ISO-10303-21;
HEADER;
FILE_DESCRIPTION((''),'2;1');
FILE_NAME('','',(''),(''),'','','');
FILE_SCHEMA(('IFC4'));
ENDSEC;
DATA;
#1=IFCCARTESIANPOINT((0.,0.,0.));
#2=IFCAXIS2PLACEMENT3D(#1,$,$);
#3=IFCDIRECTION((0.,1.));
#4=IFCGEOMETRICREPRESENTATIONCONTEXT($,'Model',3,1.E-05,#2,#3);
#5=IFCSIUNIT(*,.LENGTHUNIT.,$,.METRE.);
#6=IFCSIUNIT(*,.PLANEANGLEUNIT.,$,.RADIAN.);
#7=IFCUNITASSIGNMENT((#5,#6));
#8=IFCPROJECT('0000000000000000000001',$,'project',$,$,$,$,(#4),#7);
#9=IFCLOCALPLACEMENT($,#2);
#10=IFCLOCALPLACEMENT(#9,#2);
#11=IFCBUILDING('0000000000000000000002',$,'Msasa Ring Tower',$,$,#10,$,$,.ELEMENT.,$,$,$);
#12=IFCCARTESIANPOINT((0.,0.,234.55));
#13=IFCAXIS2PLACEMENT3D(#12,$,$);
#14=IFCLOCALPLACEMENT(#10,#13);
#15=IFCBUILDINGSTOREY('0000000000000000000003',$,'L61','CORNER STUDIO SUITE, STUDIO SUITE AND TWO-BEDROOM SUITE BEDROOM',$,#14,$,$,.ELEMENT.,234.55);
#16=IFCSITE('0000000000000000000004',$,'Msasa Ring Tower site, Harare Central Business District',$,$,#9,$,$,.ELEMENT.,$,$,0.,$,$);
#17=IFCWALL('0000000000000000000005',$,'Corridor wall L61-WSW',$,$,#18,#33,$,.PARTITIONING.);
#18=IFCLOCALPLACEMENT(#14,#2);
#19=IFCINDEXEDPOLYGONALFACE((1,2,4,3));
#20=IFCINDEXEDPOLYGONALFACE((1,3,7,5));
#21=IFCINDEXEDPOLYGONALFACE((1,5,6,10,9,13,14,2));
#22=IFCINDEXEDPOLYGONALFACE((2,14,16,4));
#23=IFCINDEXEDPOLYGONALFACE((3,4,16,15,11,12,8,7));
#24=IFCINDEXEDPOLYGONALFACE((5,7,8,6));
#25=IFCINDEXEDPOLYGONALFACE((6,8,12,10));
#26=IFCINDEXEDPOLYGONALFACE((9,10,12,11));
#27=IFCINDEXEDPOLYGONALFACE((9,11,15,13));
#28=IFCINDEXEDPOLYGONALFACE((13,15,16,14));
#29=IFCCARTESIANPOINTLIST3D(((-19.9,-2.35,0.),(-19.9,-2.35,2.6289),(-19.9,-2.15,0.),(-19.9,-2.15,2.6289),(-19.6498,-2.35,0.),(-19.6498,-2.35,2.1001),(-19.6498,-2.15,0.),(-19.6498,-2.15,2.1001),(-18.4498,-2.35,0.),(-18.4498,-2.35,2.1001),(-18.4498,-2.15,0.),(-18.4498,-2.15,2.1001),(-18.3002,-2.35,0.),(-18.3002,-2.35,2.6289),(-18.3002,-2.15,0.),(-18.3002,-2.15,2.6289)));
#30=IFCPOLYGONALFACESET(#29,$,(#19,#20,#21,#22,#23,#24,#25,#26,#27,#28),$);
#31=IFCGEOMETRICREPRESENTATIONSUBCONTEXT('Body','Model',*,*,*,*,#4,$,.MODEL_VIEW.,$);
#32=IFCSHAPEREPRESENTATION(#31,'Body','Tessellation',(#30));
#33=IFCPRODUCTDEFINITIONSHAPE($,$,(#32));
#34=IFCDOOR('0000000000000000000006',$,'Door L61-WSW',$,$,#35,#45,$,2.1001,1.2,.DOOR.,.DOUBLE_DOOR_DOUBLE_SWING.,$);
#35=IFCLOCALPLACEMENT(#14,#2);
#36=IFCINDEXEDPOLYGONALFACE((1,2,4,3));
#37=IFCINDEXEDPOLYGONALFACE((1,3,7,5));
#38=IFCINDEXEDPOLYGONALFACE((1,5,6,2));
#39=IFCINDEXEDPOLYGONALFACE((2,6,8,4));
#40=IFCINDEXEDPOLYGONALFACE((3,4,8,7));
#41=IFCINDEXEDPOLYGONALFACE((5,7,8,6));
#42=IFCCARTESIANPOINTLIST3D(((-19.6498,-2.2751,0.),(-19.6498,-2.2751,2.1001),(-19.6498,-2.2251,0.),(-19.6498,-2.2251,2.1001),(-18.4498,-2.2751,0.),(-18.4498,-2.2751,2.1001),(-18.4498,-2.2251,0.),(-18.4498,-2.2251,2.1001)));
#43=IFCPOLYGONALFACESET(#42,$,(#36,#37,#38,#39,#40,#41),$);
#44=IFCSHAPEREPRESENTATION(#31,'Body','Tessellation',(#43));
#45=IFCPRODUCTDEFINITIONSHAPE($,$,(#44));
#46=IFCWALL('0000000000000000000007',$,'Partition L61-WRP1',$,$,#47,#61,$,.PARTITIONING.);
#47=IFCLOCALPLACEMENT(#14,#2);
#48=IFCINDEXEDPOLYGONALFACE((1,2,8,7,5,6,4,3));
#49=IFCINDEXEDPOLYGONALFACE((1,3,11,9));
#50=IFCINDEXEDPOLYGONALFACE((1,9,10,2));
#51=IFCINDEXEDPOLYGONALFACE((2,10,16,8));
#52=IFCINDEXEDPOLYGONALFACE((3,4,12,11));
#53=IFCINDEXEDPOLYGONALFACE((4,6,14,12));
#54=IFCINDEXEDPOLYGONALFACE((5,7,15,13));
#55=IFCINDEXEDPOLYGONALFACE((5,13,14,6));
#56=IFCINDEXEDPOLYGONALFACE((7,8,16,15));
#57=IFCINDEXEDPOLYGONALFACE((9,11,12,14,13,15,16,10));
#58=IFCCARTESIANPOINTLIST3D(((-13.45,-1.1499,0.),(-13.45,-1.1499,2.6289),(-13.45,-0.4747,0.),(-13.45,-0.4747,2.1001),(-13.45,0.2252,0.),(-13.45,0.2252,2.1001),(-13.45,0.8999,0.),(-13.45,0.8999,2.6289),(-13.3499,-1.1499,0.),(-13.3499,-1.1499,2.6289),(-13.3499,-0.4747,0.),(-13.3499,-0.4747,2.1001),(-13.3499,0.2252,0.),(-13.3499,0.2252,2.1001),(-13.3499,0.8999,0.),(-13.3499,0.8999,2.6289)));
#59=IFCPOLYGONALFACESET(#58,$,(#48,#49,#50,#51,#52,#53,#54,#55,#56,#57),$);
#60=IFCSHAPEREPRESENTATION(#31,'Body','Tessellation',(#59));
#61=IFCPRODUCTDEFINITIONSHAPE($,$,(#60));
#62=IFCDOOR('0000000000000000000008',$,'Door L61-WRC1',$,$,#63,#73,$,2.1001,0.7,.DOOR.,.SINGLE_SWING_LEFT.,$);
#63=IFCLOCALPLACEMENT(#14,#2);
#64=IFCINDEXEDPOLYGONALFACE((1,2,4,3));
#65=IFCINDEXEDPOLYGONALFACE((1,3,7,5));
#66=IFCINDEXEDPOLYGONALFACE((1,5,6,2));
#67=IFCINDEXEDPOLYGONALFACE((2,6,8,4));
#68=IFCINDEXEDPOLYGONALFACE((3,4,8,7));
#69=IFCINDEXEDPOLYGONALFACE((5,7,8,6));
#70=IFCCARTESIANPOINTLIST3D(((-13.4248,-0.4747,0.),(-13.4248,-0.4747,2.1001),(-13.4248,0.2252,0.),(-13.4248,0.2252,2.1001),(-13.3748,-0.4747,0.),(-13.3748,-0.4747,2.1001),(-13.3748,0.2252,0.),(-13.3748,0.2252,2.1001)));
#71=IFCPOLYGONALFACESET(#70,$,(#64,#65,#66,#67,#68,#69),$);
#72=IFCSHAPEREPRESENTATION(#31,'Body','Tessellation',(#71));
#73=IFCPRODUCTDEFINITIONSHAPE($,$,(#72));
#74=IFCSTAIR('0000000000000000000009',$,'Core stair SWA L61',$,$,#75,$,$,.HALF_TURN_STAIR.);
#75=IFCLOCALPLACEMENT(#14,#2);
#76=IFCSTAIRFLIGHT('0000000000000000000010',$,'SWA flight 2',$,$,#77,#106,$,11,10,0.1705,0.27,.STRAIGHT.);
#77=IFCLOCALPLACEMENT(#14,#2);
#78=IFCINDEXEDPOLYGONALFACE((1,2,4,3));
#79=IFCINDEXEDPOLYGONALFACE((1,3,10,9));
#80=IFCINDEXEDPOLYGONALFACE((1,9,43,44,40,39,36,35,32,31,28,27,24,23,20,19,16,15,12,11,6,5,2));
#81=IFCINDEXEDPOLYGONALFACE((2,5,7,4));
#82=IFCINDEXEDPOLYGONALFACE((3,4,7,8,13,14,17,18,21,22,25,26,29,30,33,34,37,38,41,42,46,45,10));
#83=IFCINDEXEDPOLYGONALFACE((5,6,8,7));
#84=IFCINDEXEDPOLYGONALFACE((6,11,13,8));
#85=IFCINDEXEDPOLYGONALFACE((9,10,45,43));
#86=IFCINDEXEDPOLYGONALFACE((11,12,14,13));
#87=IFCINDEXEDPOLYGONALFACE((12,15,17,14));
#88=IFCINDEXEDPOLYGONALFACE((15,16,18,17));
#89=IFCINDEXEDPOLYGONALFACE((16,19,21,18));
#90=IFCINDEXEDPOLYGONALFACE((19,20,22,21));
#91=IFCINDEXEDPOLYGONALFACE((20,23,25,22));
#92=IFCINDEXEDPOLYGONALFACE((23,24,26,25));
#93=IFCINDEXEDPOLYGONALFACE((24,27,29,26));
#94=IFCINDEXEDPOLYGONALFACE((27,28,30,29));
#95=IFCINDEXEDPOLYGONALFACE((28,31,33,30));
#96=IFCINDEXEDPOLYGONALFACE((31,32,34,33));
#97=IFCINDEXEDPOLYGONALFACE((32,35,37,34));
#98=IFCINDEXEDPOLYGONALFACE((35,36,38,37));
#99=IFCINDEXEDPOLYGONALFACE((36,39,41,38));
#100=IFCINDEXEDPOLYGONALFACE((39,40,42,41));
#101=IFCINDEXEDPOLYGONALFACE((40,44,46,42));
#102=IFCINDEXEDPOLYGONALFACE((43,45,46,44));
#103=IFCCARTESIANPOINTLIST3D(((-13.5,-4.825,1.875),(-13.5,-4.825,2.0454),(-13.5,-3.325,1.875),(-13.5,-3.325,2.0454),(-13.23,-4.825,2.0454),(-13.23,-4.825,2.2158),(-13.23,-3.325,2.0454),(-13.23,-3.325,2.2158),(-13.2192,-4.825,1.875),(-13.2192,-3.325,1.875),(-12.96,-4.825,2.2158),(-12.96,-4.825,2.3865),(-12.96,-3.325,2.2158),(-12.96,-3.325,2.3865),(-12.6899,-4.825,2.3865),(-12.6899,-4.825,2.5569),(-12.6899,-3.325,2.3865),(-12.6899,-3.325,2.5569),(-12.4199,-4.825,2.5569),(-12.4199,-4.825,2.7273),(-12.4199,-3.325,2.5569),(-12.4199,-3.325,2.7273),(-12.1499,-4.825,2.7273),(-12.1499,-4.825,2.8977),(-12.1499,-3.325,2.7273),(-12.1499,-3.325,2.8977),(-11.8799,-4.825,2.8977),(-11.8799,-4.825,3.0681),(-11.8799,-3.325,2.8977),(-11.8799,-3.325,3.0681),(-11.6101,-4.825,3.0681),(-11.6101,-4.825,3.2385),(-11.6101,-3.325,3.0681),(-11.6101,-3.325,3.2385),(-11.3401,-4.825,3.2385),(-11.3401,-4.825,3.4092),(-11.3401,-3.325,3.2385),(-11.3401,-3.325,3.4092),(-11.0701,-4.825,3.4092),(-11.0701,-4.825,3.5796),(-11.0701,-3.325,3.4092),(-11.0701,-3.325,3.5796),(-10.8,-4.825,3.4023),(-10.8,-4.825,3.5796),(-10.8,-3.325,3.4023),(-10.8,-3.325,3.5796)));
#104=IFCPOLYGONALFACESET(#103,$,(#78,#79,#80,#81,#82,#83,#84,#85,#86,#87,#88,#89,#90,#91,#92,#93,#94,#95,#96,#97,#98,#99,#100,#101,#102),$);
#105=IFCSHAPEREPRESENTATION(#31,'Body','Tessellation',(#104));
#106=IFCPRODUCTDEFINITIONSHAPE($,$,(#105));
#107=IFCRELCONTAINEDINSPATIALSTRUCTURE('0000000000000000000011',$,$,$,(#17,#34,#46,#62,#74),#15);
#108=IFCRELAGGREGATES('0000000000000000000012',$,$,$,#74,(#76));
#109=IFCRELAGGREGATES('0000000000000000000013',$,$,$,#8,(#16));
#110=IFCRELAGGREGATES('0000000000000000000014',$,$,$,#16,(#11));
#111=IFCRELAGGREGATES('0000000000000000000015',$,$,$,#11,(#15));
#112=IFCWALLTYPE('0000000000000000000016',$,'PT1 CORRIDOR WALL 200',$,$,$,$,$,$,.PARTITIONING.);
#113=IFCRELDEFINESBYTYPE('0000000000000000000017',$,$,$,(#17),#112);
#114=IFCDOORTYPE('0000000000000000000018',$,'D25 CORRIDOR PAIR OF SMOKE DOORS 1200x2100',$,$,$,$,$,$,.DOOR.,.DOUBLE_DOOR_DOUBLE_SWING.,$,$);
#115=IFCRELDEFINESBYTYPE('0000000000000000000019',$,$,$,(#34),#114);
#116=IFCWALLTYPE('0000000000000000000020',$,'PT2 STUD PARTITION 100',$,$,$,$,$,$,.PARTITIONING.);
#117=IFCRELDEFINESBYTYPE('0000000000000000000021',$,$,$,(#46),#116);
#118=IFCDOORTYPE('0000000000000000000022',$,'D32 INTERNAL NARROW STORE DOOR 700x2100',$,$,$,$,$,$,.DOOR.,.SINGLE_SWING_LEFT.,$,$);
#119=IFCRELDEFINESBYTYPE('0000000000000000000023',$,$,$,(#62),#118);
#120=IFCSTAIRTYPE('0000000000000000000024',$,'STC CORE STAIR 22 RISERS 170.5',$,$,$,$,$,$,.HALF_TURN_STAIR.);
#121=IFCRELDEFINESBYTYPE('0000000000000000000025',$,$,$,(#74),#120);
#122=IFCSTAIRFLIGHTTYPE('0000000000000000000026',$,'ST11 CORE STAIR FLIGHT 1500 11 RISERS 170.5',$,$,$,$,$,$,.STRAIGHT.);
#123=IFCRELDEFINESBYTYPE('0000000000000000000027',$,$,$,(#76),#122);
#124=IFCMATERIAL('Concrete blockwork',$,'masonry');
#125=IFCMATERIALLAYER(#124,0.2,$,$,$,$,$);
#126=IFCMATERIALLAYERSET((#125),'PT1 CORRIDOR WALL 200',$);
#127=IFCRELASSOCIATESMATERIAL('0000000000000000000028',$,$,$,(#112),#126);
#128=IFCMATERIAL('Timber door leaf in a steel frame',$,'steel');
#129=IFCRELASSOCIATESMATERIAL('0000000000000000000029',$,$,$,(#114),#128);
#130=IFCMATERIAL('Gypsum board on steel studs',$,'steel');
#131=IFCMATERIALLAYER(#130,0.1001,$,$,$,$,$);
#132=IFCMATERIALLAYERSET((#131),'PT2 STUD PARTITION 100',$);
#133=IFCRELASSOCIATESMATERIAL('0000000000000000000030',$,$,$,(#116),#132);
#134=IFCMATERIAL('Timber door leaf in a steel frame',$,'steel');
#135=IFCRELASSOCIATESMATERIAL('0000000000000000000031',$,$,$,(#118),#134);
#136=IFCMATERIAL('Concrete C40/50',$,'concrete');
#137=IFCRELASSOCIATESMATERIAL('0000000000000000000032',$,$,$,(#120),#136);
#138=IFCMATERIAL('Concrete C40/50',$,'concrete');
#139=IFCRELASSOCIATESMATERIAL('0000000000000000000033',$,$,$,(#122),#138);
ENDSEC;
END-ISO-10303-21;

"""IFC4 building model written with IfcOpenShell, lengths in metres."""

from ifc_helpers import new_model, si_unit, direction, frame, frame_2d, origin, place, context, subcontext, project, spatial, polyline, rectangle, outline, extrude, material, layer, layer_set, type_object, element, fill, aggregate, save


model = new_model("IFC4")

# Units and contexts
model_context = context("Model", 3, precision=1e-05, world=origin(), true_north=direction((0.0, 1.0)))
body_context = subcontext(model_context, "Body", "Model", "MODEL_VIEW")
ifc_project = project(units=[si_unit("LENGTHUNIT", "METRE"), si_unit("PLANEANGLEUNIT", "RADIAN")], contexts=[model_context])

# Site, building, storey
site_placement = place(None, origin())
site = spatial("IfcSite", under=ifc_project, at=site_placement, Name="Msasa Ring Tower site, Harare Central Business District", CompositionType="ELEMENT", RefElevation=0.0)
building_placement = place(site_placement, origin())
building = spatial("IfcBuilding", under=site, at=building_placement, Name="Msasa Ring Tower", CompositionType="ELEMENT")
storey_placement = place(building_placement, frame((0.0, 0.0, 234.55)))
storey = spatial("IfcBuildingStorey", under=building, at=storey_placement, Name="L61", Description="CORNER STUDIO SUITE, STUDIO SUITE AND TWO-BEDROOM SUITE BEDROOM", CompositionType="ELEMENT", Elevation=234.55)

# Walls, openings, doors
ifc_material_1 = material(Name="Concrete blockwork", Category="masonry")
ifc_layer_1 = layer(ifc_material_1, 0.2)
ifc_layer_set_1 = layer_set([ifc_layer_1], Name="PT1 CORRIDOR WALL 200")
wall_type_1 = type_object("IfcWallType", Name="PT1 CORRIDOR WALL 200", PredefinedType="PARTITIONING", material=ifc_layer_set_1)
wall_1_placement = place(storey_placement, frame((-19.8999, -2.25, 0.0), z_axis=(0.0, 0.0, 1.0), x_axis=(1.0, 0.0, 0.0)))
wall_1 = element("IfcWall", 1, at=wall_1_placement, inside=storey, type_object=wall_type_1, Name="Corridor wall L61-WSW", PredefinedType="PARTITIONING", context=body_context, shape_type="SweptSolid", body=[
    extrude(rectangle(XDim=1.5999, YDim=0.2, at=frame_2d((0.7998, 0.0))), origin(), (0.0, 0.0, 1.0), 2.6289),
])
opening_1_placement = place(wall_1_placement, frame((0.25, 0.0, 0.0)))
opening_1 = element("IfcOpeningElement", 2, at=opening_1_placement, cuts=wall_1, PredefinedType="OPENING", context=body_context, shape_type="SweptSolid", body=[
    extrude(rectangle(XDim=1.2, YDim=2.1001, at=frame_2d((0.6001, 1.05))), frame((0.0, 0.1099, 0.0), z_axis=(0.0, -1.0, 0.0), x_axis=(1.0, 0.0, 0.0)), (0.0, 0.0, 1.0), 0.22),
])
ifc_material_2 = material(Name="Timber door leaf in a steel frame", Category="steel")
door_type_1 = type_object("IfcDoorType", Name="D25 CORRIDOR PAIR OF SMOKE DOORS 1200x2100", OperationType="DOUBLE_DOOR_DOUBLE_SWING", PredefinedType="DOOR", material=ifc_material_2)
door_1_placement = place(opening_1_placement, origin())
door_1 = element("IfcDoor", 3, at=door_1_placement, inside=storey, type_object=door_type_1, Name="Door L61-WSW", OperationType="DOUBLE_DOOR_DOUBLE_SWING", OverallHeight=2.1001, OverallWidth=1.2, PredefinedType="DOOR", context=body_context, shape_type="SweptSolid", body=[
    extrude(rectangle(XDim=1.2, YDim=2.1001, at=frame_2d((0.6001, 1.05))), frame((0.0, 0.0249, 0.0), z_axis=(0.0, -1.0, 0.0), x_axis=(1.0, 0.0, 0.0)), (0.0, 0.0, 1.0), 0.05),
])
fill(opening_1, door_1)
ifc_material_3 = material(Name="Gypsum board on steel studs", Category="steel")
ifc_layer_2 = layer(ifc_material_3, 0.1001)
ifc_layer_set_2 = layer_set([ifc_layer_2], Name="PT2 STUD PARTITION 100")
wall_type_2 = type_object("IfcWallType", Name="PT2 STUD PARTITION 100", PredefinedType="PARTITIONING", material=ifc_layer_set_2)
wall_2_placement = place(storey_placement, frame((-13.3999, -1.1499, 0.0), z_axis=(0.0, 0.0, 1.0), x_axis=(0.0, 1.0, 0.0)))
wall_2 = element("IfcWall", 4, at=wall_2_placement, inside=storey, type_object=wall_type_2, Name="Partition L61-WRP1", PredefinedType="PARTITIONING", context=body_context, shape_type="SweptSolid", body=[
    extrude(rectangle(XDim=2.0498, YDim=0.1001, at=frame_2d((1.0249, 0.0))), origin(), (0.0, 0.0, 1.0), 2.6289),
])
opening_2_placement = place(wall_2_placement, frame((0.675, 0.0, 0.0)))
opening_2 = element("IfcOpeningElement", 5, at=opening_2_placement, cuts=wall_2, PredefinedType="OPENING", context=body_context, shape_type="SweptSolid", body=[
    extrude(rectangle(XDim=0.7, YDim=2.1001, at=frame_2d((0.3501, 1.05))), frame((0.0, 0.0601, 0.0), z_axis=(0.0, -1.0, 0.0), x_axis=(1.0, 0.0, 0.0)), (0.0, 0.0, 1.0), 0.1201),
])
ifc_material_4 = material(Name="Timber door leaf in a steel frame", Category="steel")
door_type_2 = type_object("IfcDoorType", Name="D32 INTERNAL NARROW STORE DOOR 700x2100", OperationType="SINGLE_SWING_LEFT", PredefinedType="DOOR", material=ifc_material_4)
door_2_placement = place(opening_2_placement, origin())
door_2 = element("IfcDoor", 6, at=door_2_placement, inside=storey, type_object=door_type_2, Name="Door L61-WRC1", OperationType="SINGLE_SWING_LEFT", OverallHeight=2.1001, OverallWidth=0.7, PredefinedType="DOOR", context=body_context, shape_type="SweptSolid", body=[
    extrude(rectangle(XDim=0.7, YDim=2.1001, at=frame_2d((0.3501, 1.05))), frame((0.0, 0.0249, 0.0), z_axis=(0.0, -1.0, 0.0), x_axis=(1.0, 0.0, 0.0)), (0.0, 0.0, 1.0), 0.05),
])
fill(opening_2, door_2)

# Stair, stair flight
ifc_material_5 = material(Name="Concrete C40/50", Category="concrete")
stair_type = type_object("IfcStairType", Name="STC CORE STAIR 22 RISERS 170.5", PredefinedType="HALF_TURN_STAIR", material=ifc_material_5)
stair_placement = place(storey_placement, origin())
stair = element("IfcStair", 7, at=stair_placement, inside=storey, type_object=stair_type, Name="Core stair SWA L61", PredefinedType="HALF_TURN_STAIR")
ifc_material_6 = material(Name="Concrete C40/50", Category="concrete")
stair_flight_type = type_object("IfcStairFlightType", Name="ST11 CORE STAIR FLIGHT 1500 11 RISERS 170.5", PredefinedType="STRAIGHT", material=ifc_material_6)
stair_flight_placement = place(storey_placement, frame((-13.5, -4.075, 1.875), z_axis=(0.0, 0.0, 1.0), x_axis=(1.0, 0.0, 0.0)))
stair_flight = element("IfcStairFlight", 8, at=stair_flight_placement, type_object=stair_flight_type, Name="SWA flight 2", NumberOfRisers=11, NumberOfTreads=10, PredefinedType="STRAIGHT", RiserHeight=0.1705, TreadLength=0.27, context=body_context, shape_type="SweptSolid", body=[
    extrude(outline(polyline([(0.0, 0.0), (0.0, 0.1704), (0.27, 0.1704), (0.27, 0.3408), (0.54, 0.3408), (0.54, 0.5115), (0.8101, 0.5115), (0.8101, 0.6819), (1.0801, 0.6819), (1.0801, 0.8523), (1.3501, 0.8523), (1.3501, 1.0227), (1.6201, 1.0227), (1.6201, 1.1931), (1.8899, 1.1931), (1.8899, 1.3635), (2.1599, 1.3635), (2.1599, 1.5342), (2.4299, 1.5342), (2.4299, 1.7046), (2.7, 1.7046), (2.7, 1.875), (2.7, 1.5273), (0.2808, 0.0), (0.0, 0.0)])), frame((0.0, 0.75, 0.0), z_axis=(0.0, -1.0, 0.0), x_axis=(1.0, 0.0, 0.0)), (0.0, 0.0, 1.0), 1.5),
])
aggregate(stair, [stair_flight])

save(model, "model.ifc")
